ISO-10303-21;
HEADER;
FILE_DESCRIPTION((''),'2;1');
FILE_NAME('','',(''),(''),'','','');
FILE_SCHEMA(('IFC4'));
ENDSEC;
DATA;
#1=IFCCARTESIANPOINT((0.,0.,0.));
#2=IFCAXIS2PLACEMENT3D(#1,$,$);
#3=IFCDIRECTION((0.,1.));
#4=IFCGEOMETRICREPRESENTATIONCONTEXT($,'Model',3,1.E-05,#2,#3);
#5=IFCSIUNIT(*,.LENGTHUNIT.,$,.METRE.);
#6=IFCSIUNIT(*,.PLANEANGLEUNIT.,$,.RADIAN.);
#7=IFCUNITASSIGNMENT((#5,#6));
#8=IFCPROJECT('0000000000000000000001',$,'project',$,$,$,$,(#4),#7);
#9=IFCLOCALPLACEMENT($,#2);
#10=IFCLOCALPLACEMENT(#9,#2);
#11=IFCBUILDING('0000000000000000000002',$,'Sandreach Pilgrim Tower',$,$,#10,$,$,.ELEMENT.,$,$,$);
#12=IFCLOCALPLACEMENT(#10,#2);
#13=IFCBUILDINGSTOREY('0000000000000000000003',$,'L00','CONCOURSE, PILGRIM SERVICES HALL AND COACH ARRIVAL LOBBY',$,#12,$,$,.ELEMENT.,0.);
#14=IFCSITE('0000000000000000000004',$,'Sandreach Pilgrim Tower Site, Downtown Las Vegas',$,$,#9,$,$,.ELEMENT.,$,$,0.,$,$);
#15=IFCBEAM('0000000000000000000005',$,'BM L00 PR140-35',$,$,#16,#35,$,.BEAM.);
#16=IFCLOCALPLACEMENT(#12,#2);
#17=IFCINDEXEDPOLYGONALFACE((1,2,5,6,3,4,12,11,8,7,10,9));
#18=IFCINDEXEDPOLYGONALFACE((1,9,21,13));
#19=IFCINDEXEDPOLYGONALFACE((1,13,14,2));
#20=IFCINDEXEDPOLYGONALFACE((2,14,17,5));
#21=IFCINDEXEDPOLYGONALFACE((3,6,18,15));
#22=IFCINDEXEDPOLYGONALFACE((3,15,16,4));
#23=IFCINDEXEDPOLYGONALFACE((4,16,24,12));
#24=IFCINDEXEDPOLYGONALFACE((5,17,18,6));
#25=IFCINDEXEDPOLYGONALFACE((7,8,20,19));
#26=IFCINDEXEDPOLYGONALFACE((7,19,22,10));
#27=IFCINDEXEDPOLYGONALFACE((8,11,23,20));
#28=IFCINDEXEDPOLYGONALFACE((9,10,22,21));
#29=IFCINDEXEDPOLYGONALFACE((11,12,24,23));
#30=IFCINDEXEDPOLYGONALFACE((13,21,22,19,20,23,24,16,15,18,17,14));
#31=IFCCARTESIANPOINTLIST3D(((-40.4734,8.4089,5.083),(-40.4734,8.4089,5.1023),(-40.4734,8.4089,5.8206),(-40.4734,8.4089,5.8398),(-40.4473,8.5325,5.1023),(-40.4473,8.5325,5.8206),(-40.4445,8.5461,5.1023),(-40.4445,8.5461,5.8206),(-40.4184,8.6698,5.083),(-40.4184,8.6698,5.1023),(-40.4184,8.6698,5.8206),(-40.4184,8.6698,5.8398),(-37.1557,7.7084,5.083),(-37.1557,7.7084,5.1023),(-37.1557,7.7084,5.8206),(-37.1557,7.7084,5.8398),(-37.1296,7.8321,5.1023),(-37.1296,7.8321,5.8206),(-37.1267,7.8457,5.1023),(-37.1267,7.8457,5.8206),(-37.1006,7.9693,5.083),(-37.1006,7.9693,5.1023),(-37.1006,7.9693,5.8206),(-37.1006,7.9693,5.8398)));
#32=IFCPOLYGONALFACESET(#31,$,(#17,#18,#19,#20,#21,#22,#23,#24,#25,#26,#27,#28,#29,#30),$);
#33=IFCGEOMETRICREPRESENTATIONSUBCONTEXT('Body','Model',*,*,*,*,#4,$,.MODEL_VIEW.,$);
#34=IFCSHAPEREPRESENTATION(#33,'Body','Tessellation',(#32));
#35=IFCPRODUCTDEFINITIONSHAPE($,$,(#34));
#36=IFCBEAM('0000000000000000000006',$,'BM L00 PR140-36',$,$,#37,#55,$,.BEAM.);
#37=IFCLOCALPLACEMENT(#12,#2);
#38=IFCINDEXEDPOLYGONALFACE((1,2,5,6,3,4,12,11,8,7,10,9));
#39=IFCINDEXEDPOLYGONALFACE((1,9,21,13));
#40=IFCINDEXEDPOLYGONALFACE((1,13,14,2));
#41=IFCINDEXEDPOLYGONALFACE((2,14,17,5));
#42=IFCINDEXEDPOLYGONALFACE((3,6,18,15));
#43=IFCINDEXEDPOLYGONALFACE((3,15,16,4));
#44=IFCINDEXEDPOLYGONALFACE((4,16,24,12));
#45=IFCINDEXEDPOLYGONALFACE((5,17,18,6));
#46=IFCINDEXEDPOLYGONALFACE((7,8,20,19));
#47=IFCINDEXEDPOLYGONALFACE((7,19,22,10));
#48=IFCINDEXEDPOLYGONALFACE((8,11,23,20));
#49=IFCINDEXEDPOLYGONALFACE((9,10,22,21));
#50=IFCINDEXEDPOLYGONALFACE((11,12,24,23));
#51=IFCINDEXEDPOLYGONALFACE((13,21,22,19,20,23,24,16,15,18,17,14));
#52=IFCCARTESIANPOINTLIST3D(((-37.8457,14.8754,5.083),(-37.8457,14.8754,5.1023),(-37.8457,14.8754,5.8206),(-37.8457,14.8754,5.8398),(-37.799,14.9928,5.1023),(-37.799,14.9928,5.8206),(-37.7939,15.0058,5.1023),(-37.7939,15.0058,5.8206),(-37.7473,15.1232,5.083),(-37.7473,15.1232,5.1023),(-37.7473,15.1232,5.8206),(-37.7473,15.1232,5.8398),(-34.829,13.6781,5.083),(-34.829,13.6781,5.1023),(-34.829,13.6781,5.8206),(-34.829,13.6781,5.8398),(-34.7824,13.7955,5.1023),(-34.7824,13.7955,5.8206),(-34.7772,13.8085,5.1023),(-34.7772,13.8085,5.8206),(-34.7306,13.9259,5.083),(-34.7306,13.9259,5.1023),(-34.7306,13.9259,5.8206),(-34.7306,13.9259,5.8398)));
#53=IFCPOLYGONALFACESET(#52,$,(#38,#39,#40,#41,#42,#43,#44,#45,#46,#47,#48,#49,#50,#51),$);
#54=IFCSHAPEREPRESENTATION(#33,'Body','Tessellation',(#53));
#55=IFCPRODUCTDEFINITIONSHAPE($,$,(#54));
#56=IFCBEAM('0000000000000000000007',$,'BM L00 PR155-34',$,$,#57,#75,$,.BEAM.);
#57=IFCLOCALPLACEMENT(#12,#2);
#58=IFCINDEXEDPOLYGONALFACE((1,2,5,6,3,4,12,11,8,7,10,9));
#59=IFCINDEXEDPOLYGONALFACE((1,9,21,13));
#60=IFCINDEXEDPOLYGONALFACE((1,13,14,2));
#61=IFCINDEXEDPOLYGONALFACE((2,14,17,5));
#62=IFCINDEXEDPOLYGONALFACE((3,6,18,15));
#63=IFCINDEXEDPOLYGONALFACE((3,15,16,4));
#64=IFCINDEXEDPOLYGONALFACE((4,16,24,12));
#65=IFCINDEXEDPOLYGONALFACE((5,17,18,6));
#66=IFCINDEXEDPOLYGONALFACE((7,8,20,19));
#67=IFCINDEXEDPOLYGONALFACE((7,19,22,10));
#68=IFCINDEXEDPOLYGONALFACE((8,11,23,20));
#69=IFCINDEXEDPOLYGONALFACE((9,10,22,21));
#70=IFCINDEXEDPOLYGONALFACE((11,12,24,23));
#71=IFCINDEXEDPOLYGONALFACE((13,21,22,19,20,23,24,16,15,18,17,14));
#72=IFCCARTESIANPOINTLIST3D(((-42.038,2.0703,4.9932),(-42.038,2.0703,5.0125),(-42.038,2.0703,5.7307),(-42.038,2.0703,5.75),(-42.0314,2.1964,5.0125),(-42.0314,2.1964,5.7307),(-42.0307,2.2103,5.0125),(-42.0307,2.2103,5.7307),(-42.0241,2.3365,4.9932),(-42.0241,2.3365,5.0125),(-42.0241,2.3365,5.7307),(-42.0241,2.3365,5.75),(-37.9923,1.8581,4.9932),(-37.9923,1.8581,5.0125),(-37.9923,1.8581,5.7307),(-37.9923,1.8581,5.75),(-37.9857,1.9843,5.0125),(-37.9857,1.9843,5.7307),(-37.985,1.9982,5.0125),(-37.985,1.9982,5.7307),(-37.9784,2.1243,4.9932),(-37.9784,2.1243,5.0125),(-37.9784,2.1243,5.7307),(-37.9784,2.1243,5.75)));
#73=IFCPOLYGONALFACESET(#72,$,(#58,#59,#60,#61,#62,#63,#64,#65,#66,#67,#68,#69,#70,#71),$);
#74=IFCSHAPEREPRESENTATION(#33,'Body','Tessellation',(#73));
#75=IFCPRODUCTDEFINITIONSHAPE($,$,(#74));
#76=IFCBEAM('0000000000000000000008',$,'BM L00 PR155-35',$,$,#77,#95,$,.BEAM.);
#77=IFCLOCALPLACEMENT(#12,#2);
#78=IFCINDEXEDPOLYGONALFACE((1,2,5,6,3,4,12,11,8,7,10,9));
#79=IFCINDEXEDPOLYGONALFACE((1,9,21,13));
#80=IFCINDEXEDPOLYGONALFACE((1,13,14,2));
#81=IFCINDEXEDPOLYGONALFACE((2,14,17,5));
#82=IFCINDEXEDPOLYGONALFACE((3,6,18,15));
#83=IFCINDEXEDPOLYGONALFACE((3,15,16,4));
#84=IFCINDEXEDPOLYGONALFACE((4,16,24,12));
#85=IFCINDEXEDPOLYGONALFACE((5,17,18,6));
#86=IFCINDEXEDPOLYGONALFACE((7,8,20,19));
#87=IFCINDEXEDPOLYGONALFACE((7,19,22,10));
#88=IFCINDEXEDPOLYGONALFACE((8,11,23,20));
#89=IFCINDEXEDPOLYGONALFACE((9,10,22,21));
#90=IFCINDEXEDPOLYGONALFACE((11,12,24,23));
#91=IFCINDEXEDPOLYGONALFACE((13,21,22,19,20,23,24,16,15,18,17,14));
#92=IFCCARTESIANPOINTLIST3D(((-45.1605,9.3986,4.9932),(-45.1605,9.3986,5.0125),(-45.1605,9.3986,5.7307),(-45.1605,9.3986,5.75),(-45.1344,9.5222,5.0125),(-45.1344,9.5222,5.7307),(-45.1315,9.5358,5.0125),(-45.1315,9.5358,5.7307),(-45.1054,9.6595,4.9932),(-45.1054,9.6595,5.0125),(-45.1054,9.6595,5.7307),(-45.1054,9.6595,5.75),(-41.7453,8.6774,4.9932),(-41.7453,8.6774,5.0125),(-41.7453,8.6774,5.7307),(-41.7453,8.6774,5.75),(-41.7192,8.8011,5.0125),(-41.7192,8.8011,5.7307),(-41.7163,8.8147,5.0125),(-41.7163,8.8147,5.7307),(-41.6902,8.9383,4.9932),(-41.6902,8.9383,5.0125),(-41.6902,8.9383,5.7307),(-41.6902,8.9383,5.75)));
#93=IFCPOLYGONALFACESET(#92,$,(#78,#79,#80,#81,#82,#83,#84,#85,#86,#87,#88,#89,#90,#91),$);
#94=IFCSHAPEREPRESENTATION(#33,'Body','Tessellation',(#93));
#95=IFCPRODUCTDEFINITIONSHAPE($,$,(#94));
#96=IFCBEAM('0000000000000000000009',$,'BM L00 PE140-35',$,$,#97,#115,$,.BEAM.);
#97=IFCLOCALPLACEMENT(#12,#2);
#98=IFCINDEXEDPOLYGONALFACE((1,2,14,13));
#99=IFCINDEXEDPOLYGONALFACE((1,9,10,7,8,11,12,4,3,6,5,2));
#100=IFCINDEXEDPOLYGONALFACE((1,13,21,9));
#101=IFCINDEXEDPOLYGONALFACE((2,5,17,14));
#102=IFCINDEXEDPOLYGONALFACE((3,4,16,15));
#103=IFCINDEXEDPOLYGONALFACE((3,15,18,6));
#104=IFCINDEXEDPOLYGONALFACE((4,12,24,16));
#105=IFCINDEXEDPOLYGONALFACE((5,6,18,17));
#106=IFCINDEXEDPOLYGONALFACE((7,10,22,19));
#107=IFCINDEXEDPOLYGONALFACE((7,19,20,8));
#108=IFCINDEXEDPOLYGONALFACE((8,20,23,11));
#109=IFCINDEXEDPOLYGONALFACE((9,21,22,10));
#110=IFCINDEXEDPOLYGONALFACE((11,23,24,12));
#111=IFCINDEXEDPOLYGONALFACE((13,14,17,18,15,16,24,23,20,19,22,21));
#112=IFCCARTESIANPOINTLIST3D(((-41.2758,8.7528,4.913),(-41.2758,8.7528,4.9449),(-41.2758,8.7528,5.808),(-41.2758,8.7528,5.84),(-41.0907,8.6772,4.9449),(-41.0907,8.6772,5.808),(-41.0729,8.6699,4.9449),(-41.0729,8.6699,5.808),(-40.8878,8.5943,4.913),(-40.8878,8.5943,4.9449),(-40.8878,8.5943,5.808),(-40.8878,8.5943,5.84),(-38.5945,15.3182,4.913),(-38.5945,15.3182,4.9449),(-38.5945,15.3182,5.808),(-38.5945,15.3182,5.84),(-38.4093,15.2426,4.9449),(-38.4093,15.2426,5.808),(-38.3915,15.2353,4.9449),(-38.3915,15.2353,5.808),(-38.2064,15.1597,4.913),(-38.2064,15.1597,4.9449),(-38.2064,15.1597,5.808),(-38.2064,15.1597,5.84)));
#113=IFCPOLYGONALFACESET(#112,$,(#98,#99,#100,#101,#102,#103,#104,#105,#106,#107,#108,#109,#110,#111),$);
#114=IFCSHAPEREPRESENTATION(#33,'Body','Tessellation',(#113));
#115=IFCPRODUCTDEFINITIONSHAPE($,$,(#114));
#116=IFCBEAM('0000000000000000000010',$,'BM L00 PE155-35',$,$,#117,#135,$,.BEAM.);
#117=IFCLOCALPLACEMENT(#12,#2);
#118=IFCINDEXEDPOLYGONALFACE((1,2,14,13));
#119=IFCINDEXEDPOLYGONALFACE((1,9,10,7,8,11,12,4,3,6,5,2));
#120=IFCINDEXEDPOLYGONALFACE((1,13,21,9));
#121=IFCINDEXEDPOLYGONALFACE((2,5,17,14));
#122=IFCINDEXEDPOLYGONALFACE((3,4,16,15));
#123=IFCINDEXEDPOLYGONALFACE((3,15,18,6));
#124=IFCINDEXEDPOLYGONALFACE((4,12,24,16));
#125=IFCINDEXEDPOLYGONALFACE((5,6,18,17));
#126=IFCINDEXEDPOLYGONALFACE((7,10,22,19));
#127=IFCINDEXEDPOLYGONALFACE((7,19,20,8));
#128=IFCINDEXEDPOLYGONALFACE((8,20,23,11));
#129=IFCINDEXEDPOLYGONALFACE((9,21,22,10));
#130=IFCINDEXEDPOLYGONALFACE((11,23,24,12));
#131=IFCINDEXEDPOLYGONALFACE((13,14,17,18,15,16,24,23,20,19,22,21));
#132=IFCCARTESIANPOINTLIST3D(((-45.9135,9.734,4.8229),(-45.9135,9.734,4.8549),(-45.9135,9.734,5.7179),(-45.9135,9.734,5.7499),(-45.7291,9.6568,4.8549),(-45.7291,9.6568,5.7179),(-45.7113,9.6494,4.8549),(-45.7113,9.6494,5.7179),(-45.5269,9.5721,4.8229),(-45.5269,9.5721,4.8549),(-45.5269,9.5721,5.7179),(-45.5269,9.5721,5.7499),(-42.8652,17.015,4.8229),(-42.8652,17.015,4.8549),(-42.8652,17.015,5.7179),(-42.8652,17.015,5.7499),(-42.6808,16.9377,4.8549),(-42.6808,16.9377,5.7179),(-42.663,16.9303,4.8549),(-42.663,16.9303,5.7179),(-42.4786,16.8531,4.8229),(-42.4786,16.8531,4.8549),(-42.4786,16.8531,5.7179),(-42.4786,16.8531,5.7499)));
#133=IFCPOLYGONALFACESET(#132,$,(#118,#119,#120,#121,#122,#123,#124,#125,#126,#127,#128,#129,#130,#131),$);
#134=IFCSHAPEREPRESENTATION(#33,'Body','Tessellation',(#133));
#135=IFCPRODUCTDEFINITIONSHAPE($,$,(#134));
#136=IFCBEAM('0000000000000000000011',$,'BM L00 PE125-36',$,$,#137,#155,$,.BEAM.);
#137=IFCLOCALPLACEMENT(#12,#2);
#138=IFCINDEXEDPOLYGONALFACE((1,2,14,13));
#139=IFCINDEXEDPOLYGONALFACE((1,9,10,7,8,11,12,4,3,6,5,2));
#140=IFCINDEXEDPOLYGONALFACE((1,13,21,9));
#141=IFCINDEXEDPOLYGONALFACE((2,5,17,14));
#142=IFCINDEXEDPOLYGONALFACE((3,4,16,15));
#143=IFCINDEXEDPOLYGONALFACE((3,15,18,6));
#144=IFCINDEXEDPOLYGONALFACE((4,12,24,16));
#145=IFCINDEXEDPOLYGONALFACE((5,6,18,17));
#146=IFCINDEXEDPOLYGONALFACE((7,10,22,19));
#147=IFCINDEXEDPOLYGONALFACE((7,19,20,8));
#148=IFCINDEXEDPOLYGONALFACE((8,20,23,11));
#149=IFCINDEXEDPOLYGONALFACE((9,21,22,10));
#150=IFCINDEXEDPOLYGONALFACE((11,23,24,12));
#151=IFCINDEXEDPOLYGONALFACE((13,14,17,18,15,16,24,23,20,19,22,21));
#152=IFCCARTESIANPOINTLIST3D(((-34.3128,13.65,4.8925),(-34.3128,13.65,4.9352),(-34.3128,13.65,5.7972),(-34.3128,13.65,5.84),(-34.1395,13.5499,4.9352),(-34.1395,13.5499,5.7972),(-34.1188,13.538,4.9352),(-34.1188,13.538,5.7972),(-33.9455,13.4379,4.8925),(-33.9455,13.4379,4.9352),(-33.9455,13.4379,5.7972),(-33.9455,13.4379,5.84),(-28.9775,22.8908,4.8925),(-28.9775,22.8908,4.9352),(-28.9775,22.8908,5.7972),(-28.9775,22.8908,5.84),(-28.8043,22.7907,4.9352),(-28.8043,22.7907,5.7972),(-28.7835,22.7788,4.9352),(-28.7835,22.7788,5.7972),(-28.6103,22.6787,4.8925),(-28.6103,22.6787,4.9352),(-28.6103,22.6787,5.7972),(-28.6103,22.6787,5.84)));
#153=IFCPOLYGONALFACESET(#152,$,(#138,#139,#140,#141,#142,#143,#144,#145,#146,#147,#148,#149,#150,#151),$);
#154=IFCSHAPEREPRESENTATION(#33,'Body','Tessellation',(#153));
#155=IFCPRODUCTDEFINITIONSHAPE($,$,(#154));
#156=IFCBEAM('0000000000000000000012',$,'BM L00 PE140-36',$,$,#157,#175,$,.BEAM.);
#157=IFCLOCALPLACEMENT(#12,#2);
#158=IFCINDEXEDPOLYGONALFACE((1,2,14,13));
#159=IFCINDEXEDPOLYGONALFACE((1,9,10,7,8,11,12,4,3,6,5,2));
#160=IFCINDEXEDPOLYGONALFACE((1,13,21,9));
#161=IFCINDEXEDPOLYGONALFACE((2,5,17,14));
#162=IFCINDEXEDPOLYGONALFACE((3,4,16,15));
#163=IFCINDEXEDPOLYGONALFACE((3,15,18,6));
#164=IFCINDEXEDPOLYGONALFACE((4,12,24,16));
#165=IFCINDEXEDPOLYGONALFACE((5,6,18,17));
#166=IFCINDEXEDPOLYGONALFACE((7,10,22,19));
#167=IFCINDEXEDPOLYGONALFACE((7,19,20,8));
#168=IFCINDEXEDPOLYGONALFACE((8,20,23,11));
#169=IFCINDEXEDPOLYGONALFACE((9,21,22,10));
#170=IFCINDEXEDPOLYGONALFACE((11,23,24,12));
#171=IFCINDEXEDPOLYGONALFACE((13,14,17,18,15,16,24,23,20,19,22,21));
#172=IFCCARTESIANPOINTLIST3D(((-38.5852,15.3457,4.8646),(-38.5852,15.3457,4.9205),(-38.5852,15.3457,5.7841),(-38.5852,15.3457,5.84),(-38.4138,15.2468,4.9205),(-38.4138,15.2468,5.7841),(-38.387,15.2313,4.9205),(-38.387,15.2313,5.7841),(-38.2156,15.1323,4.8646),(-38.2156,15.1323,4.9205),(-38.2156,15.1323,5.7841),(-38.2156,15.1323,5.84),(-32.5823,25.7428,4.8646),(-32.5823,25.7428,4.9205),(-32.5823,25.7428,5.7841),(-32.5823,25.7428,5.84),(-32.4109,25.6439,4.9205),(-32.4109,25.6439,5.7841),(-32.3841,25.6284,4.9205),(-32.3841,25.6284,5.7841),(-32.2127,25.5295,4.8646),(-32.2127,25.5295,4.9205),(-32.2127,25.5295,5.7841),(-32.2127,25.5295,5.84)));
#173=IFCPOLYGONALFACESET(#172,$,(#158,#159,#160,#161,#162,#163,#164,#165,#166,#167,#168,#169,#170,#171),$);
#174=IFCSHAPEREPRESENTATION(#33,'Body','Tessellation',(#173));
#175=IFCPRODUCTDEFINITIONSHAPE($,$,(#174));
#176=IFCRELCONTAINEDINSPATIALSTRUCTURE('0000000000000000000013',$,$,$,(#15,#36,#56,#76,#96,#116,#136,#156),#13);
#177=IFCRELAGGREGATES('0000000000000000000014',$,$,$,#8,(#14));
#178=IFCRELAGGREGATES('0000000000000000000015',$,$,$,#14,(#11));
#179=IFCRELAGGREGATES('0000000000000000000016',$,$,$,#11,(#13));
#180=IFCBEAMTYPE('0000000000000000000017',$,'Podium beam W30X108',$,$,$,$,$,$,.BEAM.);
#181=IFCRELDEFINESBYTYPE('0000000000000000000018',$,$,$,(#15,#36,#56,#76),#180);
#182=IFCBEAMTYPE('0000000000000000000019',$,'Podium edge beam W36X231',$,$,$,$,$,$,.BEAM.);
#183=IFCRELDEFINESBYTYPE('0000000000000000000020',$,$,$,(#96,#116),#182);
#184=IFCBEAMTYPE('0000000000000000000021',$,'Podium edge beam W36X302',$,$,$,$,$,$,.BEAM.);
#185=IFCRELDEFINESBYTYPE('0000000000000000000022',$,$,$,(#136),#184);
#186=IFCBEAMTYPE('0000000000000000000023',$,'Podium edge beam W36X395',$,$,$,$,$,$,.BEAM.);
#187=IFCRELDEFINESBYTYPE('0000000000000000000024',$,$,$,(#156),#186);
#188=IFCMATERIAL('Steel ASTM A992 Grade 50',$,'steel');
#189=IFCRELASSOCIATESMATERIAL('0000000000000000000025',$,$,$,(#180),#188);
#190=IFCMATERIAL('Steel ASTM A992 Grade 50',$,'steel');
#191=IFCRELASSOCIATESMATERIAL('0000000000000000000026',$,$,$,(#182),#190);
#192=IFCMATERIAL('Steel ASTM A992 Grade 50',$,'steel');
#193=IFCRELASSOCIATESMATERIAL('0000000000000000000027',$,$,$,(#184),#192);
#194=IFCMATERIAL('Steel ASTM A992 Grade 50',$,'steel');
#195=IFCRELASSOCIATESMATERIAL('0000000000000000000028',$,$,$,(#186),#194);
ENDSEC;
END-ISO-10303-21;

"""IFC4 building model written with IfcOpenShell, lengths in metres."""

from ifc_helpers import new_model, si_unit, direction, frame, origin, origin_2d, place, context, subcontext, project, spatial, i_section, extrude, material, material_profile, profile_set, type_object, element, save


model = new_model("IFC4")

# Units and contexts
model_context = context("Model", 3, precision=1e-05, world=origin(), true_north=direction((0.0, 1.0)))
body_context = subcontext(model_context, "Body", "Model", "MODEL_VIEW")
ifc_project = project(units=[si_unit("LENGTHUNIT", "METRE"), si_unit("PLANEANGLEUNIT", "RADIAN")], contexts=[model_context])

# Site, building, storey
site_placement = place(None, origin())
site = spatial("IfcSite", under=ifc_project, at=site_placement, Name="Sandreach Pilgrim Tower Site, Downtown Las Vegas", CompositionType="ELEMENT", RefElevation=0.0)
building_placement = place(site_placement, origin())
building = spatial("IfcBuilding", under=site, at=building_placement, Name="Sandreach Pilgrim Tower", CompositionType="ELEMENT")
storey_placement = place(building_placement, origin())
storey = spatial("IfcBuildingStorey", under=building, at=storey_placement, Name="L00", Description="CONCOURSE, PILGRIM SERVICES HALL AND COACH ARRIVAL LOBBY", CompositionType="ELEMENT", Elevation=0.0)

# Beams
ifc_material_1 = material(Name="Steel ASTM A992 Grade 50", Category="steel")
ifc_material_profile_1 = material_profile(ifc_material_1, i_section(OverallWidth=0.2666, OverallDepth=0.7568, WebThickness=0.0139, FlangeThickness=0.0193, at=origin_2d()), Name="W30X108")
ifc_profile_set_1 = profile_set([ifc_material_profile_1], Name="Steel ASTM A992 Grade 50")
beam_type_1 = type_object("IfcBeamType", Name="Podium beam W30X108", PredefinedType="BEAM", material=ifc_profile_set_1)
beam_1_placement = place(storey_placement, frame((-37.1282, 7.8389, 5.4614), z_axis=(-0.978431, 0.206573, 0.0), x_axis=(-0.206573, -0.978431, 0.0)))
element("IfcBeam", 1, at=beam_1_placement, inside=storey, type_object=beam_type_1, Name="BM L00 PR140-35", PredefinedType="BEAM", context=body_context, shape_type="SweptSolid", body=[
    extrude(i_section(OverallWidth=0.2666, OverallDepth=0.7568, WebThickness=0.0139, FlangeThickness=0.0193, at=origin_2d()), origin(), (0.0, 0.0, 1.0), 3.3909),
])
beam_2_placement = place(storey_placement, frame((-34.7798, 13.802, 5.4614), z_axis=(-0.929469, 0.368899, 0.0), x_axis=(-0.368899, -0.929469, 0.0)))
element("IfcBeam", 2, at=beam_2_placement, inside=storey, type_object=beam_type_1, Name="BM L00 PR140-36", PredefinedType="BEAM", context=body_context, shape_type="SweptSolid", body=[
    extrude(i_section(OverallWidth=0.2666, OverallDepth=0.7568, WebThickness=0.0139, FlangeThickness=0.0193, at=origin_2d()), origin(), (0.0, 0.0, 1.0), 3.2456),
])
beam_3_placement = place(storey_placement, frame((-37.9854, 1.9912, 5.3716), z_axis=(-0.998628, 0.052369, 0.0), x_axis=(-0.052369, -0.998628, 0.0)))
element("IfcBeam", 3, at=beam_3_placement, inside=storey, type_object=beam_type_1, Name="BM L00 PR155-34", PredefinedType="BEAM", context=body_context, shape_type="SweptSolid", body=[
    extrude(i_section(OverallWidth=0.2666, OverallDepth=0.7568, WebThickness=0.0139, FlangeThickness=0.0193, at=origin_2d()), origin(), (0.0, 0.0, 1.0), 4.0513),
])
beam_4_placement = place(storey_placement, frame((-41.7178, 8.8079, 5.3716), z_axis=(-0.978423, 0.20661, 0.0), x_axis=(-0.20661, -0.978423, 0.0)))
element("IfcBeam", 4, at=beam_4_placement, inside=storey, type_object=beam_type_1, Name="BM L00 PR155-35", PredefinedType="BEAM", context=body_context, shape_type="SweptSolid", body=[
    extrude(i_section(OverallWidth=0.2666, OverallDepth=0.7568, WebThickness=0.0139, FlangeThickness=0.0193, at=origin_2d()), origin(), (0.0, 0.0, 1.0), 3.4905),
])
ifc_material_2 = material(Name="Steel ASTM A992 Grade 50", Category="steel")
ifc_material_profile_2 = material_profile(ifc_material_2, i_section(OverallWidth=0.4192, OverallDepth=0.927, WebThickness=0.0193, FlangeThickness=0.032, at=origin_2d()), Name="W36X231")
ifc_profile_set_2 = profile_set([ifc_material_profile_2], Name="Steel ASTM A992 Grade 50")
beam_type_2 = type_object("IfcBeamType", Name="Podium edge beam W36X231", PredefinedType="BEAM", material=ifc_profile_set_2)
beam_5_placement = place(storey_placement, frame((-41.0818, 8.6736, 5.3765), z_axis=(0.378094, 0.925767, 0.0), x_axis=(-0.925767, 0.378094, 0.0)))
element("IfcBeam", 5, at=beam_5_placement, inside=storey, type_object=beam_type_2, Name="BM L00 PE140-35", PredefinedType="BEAM", context=body_context, shape_type="SweptSolid", body=[
    extrude(i_section(OverallWidth=0.4192, OverallDepth=0.927, WebThickness=0.0193, FlangeThickness=0.032, at=origin_2d()), origin(), (0.0, 0.0, 1.0), 7.0918),
])
beam_6_placement = place(storey_placement, frame((-45.7202, 9.6531, 5.2864), z_axis=(0.386189, 0.922419, 0.0), x_axis=(-0.922419, 0.386189, 0.0)))
element("IfcBeam", 6, at=beam_6_placement, inside=storey, type_object=beam_type_2, Name="BM L00 PE155-35", PredefinedType="BEAM", context=body_context, shape_type="SweptSolid", body=[
    extrude(i_section(OverallWidth=0.4192, OverallDepth=0.927, WebThickness=0.0193, FlangeThickness=0.032, at=origin_2d()), origin(), (0.0, 0.0, 1.0), 7.8933),
])
ifc_material_3 = material(Name="Steel ASTM A992 Grade 50", Category="steel")
ifc_material_profile_3 = material_profile(ifc_material_3, i_section(OverallWidth=0.4241, OverallDepth=0.9475, WebThickness=0.0239, FlangeThickness=0.0427, at=origin_2d()), Name="W36X302")
ifc_profile_set_3 = profile_set([ifc_material_profile_3], Name="Steel ASTM A992 Grade 50")
beam_type_3 = type_object("IfcBeamType", Name="Podium edge beam W36X302", PredefinedType="BEAM", material=ifc_profile_set_3)
beam_7_placement = place(storey_placement, frame((-34.1292, 13.5439, 5.3662), z_axis=(0.500005, 0.866023, 0.0), x_axis=(-0.866023, 0.500005, 0.0)))
element("IfcBeam", 7, at=beam_7_placement, inside=storey, type_object=beam_type_3, Name="BM L00 PE125-36", PredefinedType="BEAM", context=body_context, shape_type="SweptSolid", body=[
    extrude(i_section(OverallWidth=0.4241, OverallDepth=0.9475, WebThickness=0.0239, FlangeThickness=0.0427, at=origin_2d()), origin(), (0.0, 0.0, 1.0), 10.6704),
])
ifc_material_4 = material(Name="Steel ASTM A992 Grade 50", Category="steel")
ifc_material_profile_4 = material_profile(ifc_material_4, i_section(OverallWidth=0.4268, OverallDepth=0.9753, WebThickness=0.031, FlangeThickness=0.0559, at=origin_2d()), Name="W36X395")
ifc_profile_set_4 = profile_set([ifc_material_profile_4], Name="Steel ASTM A992 Grade 50")
beam_type_4 = type_object("IfcBeamType", Name="Podium edge beam W36X395", PredefinedType="BEAM", material=ifc_profile_set_4)
beam_8_placement = place(storey_placement, frame((-38.4004, 15.239, 5.3523), z_axis=(0.500006, 0.866022, 0.0), x_axis=(-0.866022, 0.500006, 0.0)))
element("IfcBeam", 8, at=beam_8_placement, inside=storey, type_object=beam_type_4, Name="BM L00 PE140-36", PredefinedType="BEAM", context=body_context, shape_type="SweptSolid", body=[
    extrude(i_section(OverallWidth=0.4268, OverallDepth=0.9753, WebThickness=0.031, FlangeThickness=0.0559, at=origin_2d()), origin(), (0.0, 0.0, 1.0), 12.0056),
])

save(model, "model.ifc")
